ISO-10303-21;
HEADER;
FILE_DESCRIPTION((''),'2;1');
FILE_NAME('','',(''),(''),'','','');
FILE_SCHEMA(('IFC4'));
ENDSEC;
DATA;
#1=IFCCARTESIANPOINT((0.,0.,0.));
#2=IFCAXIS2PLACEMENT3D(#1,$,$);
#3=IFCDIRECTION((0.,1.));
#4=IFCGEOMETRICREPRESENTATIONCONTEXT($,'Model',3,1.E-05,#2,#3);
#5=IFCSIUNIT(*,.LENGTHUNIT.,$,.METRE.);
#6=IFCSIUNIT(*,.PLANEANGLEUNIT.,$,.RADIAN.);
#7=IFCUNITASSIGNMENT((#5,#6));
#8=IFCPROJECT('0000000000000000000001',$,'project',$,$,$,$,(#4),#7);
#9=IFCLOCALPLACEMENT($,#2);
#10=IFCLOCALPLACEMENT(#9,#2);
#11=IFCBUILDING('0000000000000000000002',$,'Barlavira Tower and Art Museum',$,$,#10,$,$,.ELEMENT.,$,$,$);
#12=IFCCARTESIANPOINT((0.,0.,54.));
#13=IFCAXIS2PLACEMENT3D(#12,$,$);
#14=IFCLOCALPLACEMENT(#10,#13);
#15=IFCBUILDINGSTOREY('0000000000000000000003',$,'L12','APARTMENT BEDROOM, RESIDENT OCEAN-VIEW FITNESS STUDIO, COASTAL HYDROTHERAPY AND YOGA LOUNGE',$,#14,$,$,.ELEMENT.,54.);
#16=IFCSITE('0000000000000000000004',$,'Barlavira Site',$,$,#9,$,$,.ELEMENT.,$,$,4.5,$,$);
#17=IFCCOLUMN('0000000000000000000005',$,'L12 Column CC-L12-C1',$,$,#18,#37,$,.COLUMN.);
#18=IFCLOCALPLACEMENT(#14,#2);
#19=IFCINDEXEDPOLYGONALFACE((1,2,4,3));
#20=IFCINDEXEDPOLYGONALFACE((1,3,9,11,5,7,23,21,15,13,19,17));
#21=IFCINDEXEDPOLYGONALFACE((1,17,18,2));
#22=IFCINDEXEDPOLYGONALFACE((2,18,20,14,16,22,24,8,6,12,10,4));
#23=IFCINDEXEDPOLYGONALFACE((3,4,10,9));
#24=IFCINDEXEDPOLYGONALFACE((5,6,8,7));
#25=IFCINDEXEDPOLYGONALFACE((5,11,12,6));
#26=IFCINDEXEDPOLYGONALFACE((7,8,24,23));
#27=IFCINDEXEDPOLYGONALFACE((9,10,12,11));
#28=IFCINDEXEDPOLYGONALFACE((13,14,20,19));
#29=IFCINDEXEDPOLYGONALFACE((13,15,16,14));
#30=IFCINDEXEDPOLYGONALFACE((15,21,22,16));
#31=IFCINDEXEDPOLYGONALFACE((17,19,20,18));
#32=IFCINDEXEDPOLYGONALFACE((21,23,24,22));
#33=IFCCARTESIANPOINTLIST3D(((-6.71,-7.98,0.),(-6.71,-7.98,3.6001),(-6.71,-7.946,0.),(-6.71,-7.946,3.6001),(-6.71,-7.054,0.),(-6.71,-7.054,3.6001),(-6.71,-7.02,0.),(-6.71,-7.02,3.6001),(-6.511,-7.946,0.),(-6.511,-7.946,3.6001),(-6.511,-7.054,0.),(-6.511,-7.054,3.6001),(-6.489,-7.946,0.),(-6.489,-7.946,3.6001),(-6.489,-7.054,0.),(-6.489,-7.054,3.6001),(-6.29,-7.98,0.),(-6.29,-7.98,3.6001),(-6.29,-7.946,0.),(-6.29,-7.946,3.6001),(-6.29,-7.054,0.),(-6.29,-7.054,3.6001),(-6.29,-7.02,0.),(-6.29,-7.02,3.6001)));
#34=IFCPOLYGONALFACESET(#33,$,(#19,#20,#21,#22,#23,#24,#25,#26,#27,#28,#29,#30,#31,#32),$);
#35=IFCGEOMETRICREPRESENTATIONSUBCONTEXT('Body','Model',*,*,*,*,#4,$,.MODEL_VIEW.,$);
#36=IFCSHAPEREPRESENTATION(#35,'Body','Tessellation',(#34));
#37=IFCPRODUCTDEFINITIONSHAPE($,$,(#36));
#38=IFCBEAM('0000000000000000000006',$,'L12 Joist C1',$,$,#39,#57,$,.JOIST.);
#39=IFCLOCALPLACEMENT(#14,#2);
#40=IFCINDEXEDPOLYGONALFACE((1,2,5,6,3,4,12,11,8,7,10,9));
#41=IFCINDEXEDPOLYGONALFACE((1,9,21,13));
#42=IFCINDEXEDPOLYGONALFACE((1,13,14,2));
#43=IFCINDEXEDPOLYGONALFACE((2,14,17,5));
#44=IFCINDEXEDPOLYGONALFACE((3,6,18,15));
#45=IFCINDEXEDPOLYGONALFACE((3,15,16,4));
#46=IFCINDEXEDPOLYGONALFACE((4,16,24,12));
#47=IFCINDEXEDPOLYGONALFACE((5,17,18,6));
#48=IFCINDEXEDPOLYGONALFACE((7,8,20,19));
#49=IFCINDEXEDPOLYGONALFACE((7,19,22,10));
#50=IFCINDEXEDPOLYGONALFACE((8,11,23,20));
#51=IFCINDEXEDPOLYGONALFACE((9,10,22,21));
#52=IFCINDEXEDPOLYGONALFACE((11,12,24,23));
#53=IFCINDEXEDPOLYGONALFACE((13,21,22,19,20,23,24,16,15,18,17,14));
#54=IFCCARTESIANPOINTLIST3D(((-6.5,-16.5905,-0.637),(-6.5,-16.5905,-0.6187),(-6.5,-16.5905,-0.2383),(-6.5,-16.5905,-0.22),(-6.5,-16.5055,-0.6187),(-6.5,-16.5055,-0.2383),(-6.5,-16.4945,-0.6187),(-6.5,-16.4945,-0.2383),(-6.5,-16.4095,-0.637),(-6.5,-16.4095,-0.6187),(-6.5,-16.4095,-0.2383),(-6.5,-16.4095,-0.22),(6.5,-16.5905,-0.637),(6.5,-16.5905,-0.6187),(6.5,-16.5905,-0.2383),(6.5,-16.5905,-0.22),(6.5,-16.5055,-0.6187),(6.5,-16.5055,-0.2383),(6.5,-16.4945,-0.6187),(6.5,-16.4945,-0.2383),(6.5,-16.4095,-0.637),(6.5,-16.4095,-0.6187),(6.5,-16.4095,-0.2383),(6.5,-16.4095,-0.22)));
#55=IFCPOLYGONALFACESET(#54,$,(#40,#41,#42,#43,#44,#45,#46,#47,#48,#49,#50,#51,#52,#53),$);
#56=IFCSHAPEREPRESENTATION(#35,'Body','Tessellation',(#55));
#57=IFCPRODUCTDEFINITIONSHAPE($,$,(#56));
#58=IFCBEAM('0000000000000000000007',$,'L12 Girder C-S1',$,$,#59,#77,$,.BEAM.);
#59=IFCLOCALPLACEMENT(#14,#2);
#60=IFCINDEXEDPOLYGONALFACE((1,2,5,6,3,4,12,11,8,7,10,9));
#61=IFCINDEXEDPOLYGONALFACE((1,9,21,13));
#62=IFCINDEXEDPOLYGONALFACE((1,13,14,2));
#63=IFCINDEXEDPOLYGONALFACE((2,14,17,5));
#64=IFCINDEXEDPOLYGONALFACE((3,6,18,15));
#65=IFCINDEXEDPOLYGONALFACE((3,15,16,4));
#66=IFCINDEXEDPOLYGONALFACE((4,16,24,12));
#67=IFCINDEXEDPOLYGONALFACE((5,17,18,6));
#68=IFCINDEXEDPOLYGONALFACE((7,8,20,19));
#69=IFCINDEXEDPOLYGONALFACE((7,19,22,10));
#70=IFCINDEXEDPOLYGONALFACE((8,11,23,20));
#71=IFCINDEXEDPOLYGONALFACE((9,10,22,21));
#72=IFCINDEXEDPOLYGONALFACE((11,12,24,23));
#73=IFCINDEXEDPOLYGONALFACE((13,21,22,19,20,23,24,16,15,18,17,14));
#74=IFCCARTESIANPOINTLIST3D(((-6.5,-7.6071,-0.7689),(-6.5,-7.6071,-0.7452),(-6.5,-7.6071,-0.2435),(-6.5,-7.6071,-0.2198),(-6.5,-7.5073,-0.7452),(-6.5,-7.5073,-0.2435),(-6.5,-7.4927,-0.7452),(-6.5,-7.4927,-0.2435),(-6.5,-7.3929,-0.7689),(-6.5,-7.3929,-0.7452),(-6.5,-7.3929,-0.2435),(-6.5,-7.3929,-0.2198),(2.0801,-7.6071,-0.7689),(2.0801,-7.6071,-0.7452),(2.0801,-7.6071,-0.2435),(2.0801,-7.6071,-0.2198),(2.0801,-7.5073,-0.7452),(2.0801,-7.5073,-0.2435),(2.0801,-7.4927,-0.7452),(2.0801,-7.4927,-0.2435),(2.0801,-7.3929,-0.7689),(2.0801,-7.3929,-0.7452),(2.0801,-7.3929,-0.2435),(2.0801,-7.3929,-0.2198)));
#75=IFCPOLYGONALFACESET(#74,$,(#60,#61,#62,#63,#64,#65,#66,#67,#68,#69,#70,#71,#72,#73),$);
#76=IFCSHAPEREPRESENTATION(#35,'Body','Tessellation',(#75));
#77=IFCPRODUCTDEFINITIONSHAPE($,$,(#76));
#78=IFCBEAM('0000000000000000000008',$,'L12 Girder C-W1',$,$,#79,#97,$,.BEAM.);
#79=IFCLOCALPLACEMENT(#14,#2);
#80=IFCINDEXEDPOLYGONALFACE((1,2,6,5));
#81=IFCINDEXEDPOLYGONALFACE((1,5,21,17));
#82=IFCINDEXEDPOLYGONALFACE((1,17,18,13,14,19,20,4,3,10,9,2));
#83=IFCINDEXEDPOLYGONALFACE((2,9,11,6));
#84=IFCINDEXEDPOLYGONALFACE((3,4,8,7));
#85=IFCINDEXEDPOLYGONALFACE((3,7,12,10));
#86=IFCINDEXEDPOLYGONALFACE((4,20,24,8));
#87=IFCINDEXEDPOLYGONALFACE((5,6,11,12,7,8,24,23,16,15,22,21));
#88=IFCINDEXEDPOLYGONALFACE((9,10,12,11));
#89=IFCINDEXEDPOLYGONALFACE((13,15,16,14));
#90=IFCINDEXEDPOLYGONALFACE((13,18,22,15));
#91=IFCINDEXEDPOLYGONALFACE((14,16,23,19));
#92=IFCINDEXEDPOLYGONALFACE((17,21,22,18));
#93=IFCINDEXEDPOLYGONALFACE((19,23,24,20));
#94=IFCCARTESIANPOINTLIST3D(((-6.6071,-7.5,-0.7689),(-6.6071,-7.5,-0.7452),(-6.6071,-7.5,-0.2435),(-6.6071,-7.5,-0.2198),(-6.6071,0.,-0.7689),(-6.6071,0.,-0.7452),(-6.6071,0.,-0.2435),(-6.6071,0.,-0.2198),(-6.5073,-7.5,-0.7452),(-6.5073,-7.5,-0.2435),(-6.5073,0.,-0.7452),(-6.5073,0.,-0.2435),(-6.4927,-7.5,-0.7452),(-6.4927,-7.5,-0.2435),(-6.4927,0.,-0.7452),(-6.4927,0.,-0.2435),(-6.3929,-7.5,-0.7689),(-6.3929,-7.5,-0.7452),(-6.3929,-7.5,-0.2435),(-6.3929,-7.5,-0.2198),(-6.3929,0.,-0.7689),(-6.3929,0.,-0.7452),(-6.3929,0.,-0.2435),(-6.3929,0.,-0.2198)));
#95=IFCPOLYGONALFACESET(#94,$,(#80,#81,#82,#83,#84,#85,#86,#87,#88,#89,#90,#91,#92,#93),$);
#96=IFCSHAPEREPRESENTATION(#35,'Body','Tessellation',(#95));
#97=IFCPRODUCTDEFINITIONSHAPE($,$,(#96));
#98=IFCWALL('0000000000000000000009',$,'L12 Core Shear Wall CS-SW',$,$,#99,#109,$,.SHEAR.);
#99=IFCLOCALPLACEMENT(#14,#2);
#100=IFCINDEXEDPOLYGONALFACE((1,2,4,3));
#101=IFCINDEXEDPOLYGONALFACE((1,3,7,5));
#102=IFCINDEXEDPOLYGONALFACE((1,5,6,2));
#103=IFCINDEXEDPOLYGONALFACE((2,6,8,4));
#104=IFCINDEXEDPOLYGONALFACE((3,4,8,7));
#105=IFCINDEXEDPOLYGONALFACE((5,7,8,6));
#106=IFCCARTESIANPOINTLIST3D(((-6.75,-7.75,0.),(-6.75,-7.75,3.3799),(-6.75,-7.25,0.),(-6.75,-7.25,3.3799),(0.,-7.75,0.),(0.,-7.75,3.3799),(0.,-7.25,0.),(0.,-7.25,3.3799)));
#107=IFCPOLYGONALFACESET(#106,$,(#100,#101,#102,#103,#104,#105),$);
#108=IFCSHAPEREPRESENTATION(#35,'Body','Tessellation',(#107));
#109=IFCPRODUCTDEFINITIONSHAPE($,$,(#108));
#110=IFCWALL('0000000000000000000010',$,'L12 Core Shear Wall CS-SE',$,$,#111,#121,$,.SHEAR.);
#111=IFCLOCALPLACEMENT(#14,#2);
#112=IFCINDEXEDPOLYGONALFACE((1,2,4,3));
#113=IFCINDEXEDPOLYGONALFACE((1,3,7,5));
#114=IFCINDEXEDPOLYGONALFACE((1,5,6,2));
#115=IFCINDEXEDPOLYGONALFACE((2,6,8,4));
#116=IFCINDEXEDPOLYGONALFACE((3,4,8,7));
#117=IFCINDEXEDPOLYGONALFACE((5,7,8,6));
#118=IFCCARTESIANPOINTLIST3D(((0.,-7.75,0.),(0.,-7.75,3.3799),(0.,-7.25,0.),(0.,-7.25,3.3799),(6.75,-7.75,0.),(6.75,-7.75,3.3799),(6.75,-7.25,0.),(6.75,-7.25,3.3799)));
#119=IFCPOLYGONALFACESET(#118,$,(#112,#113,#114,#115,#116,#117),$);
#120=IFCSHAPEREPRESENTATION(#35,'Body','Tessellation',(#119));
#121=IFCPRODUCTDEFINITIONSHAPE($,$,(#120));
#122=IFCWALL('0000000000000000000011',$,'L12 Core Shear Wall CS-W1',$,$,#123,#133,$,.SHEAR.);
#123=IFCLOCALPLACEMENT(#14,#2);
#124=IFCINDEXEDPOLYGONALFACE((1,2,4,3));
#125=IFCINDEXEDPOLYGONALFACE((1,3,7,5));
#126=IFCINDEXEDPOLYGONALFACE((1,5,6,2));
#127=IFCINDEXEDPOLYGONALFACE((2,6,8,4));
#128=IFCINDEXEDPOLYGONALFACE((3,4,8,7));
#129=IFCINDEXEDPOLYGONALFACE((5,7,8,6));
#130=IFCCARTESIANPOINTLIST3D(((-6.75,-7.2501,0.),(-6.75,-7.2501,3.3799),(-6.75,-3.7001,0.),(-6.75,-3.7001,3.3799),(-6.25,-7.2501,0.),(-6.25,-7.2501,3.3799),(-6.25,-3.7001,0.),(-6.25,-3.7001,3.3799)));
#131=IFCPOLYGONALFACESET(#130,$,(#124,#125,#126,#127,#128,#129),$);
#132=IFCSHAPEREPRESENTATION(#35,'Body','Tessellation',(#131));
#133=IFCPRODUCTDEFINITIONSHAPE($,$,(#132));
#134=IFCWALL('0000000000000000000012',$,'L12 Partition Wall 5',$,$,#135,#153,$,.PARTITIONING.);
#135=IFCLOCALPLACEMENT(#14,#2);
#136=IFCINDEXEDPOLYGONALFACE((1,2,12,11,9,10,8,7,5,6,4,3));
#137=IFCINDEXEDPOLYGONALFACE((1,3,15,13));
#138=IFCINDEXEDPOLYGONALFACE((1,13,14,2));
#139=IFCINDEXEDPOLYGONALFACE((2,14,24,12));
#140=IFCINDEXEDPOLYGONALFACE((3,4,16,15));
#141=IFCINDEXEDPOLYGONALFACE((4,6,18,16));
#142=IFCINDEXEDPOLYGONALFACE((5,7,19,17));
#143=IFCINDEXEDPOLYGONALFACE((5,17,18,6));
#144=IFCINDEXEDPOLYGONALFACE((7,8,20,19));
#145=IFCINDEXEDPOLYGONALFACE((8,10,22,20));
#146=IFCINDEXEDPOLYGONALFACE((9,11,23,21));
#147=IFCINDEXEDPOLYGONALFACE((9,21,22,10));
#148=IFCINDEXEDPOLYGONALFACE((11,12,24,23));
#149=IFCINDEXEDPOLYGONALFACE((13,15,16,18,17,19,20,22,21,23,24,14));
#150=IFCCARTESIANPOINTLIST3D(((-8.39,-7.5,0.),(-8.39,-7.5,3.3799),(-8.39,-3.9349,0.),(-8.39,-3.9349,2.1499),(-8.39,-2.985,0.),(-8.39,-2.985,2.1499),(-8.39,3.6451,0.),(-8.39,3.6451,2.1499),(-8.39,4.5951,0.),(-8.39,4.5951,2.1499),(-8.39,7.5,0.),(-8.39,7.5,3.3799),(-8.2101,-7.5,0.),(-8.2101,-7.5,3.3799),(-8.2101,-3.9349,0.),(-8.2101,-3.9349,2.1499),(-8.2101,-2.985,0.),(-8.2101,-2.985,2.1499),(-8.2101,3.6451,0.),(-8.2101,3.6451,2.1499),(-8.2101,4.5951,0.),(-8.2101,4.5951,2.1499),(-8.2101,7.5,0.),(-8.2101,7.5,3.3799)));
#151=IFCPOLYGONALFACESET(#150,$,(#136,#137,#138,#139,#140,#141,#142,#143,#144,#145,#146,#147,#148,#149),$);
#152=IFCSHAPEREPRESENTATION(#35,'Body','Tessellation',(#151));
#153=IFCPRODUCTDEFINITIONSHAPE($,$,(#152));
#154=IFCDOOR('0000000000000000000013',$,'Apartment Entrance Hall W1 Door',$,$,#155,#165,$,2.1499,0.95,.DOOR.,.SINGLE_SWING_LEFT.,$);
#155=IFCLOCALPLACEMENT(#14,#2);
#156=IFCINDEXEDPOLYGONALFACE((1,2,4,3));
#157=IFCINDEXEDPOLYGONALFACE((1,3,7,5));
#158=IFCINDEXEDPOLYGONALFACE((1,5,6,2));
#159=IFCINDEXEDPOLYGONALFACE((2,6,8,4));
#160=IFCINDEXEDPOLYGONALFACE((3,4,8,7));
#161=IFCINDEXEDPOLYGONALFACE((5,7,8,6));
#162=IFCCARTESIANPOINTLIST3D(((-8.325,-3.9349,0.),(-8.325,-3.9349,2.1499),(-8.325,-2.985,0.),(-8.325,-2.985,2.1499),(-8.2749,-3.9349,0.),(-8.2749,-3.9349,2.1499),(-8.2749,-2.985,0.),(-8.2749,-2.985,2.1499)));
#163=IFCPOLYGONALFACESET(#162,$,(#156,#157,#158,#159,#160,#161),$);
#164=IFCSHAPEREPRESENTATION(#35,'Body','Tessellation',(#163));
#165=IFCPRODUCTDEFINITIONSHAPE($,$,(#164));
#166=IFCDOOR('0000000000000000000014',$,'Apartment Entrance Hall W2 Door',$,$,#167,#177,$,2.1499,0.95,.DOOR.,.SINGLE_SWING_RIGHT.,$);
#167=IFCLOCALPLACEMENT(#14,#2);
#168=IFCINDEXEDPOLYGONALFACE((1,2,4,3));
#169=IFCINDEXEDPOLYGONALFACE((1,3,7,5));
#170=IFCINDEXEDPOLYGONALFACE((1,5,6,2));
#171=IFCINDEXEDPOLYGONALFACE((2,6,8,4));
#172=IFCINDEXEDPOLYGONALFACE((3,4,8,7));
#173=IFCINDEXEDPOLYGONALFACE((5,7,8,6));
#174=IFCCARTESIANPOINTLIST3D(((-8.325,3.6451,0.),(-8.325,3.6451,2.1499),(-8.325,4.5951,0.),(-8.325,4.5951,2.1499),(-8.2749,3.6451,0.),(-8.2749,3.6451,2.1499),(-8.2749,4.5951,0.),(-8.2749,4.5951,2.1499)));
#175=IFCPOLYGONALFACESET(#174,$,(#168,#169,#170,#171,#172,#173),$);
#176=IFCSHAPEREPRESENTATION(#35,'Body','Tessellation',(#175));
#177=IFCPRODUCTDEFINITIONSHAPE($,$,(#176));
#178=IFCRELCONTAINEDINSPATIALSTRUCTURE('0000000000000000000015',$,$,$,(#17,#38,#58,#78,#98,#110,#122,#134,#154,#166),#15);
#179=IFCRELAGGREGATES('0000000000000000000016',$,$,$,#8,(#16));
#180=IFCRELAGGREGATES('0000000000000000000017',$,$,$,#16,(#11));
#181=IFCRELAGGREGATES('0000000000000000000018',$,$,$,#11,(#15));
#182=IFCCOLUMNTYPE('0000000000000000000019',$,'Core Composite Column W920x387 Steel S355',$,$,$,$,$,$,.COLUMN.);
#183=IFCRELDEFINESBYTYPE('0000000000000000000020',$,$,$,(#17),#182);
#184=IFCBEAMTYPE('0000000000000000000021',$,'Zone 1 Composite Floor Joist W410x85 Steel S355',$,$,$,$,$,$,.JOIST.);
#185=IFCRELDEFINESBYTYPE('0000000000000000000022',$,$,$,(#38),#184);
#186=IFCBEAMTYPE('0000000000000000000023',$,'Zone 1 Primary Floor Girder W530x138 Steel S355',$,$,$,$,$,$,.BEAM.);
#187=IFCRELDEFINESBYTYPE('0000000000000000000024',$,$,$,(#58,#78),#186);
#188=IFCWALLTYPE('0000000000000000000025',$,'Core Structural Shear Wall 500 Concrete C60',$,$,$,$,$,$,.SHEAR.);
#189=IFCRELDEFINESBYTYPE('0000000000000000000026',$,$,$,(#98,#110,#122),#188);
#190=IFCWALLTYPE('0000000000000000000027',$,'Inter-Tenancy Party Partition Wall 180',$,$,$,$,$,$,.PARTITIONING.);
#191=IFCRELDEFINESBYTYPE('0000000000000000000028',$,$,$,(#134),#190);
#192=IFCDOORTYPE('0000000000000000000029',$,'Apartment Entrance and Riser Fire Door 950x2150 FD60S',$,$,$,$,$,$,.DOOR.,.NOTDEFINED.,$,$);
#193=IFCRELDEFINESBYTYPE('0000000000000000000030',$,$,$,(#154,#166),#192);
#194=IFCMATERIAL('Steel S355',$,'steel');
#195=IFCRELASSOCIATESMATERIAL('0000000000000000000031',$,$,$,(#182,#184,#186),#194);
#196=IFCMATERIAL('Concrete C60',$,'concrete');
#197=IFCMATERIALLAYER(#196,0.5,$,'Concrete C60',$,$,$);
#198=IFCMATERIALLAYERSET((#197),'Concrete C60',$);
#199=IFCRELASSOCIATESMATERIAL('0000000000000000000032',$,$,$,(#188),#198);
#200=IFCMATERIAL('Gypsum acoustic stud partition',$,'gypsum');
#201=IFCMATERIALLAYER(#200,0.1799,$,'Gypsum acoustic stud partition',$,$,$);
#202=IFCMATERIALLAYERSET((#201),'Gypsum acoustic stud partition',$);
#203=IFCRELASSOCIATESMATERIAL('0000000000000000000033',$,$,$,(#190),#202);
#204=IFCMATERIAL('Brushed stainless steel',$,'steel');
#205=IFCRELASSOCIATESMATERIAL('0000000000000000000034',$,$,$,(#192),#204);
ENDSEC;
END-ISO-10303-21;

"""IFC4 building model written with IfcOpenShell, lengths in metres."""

from ifc_helpers import new_model, si_unit, direction, frame, frame_2d, origin, origin_2d, place, context, subcontext, project, spatial, rectangle, i_section, extrude, material, layer, layer_set, material_profile, profile_set, type_object, element, fill, save


model = new_model("IFC4")

# Units and contexts
model_context = context("Model", 3, precision=1e-05, world=origin(), true_north=direction((0.0, 1.0)))
body_context = subcontext(model_context, "Body", "Model", "MODEL_VIEW")
ifc_project = project(units=[si_unit("LENGTHUNIT", "METRE"), si_unit("PLANEANGLEUNIT", "RADIAN")], contexts=[model_context])

# Site, building, storey
site_placement = place(None, origin())
site = spatial("IfcSite", under=ifc_project, at=site_placement, Name="Barlavira Site", CompositionType="ELEMENT", RefElevation=4.5)
building_placement = place(site_placement, origin())
building = spatial("IfcBuilding", under=site, at=building_placement, Name="Barlavira Tower and Art Museum", CompositionType="ELEMENT")
storey_placement = place(building_placement, frame((0.0, 0.0, 54.0)))
storey = spatial("IfcBuildingStorey", under=building, at=storey_placement, Name="L12", Description="APARTMENT BEDROOM, RESIDENT OCEAN-VIEW FITNESS STUDIO, COASTAL HYDROTHERAPY AND YOGA LOUNGE", CompositionType="ELEMENT", Elevation=54.0)

# Column
ifc_material_1 = material(Name="Steel S355", Category="steel")
ifc_material_profile_1 = material_profile(ifc_material_1, i_section(OverallWidth=0.4199, OverallDepth=0.96, WebThickness=0.022, FlangeThickness=0.0339, at=origin_2d()), Name="W920x387.0")
ifc_profile_set_1 = profile_set([ifc_material_profile_1], Name="Steel S355")
column_type = type_object("IfcColumnType", Name="Core Composite Column W920x387 Steel S355", PredefinedType="COLUMN", material=ifc_profile_set_1)
column_placement = place(storey_placement, frame((-6.5, -7.5, 0.0), z_axis=(0.0, 0.0, 1.0), x_axis=(1.0, 0.0, 0.0)))
element("IfcColumn", 1, at=column_placement, inside=storey, type_object=column_type, Name="L12 Column CC-L12-C1", PredefinedType="COLUMN", context=body_context, shape_type="SweptSolid", body=[
    extrude(i_section(OverallWidth=0.4199, OverallDepth=0.96, WebThickness=0.022, FlangeThickness=0.0339, at=origin_2d()), origin(), (0.0, 0.0, 1.0), 3.6001),
])

# Beams
ifc_material_profile_2 = material_profile(ifc_material_1, i_section(OverallWidth=0.1809, OverallDepth=0.417, WebThickness=0.011, FlangeThickness=0.0183, at=origin_2d()), Name="W410x85.0")
ifc_profile_set_2 = profile_set([ifc_material_profile_2], Name="Steel S355")
beam_type_1 = type_object("IfcBeamType", Name="Zone 1 Composite Floor Joist W410x85 Steel S355", PredefinedType="JOIST", material=ifc_profile_set_2)
beam_1_placement = place(storey_placement, frame((-6.5, -16.5, -0.4285), z_axis=(1.0, 0.0, 0.0), x_axis=(0.0, 1.0, 0.0)))
element("IfcBeam", 2, at=beam_1_placement, inside=storey, type_object=beam_type_1, Name="L12 Joist C1", PredefinedType="JOIST", context=body_context, shape_type="SweptSolid", body=[
    extrude(i_section(OverallWidth=0.1809, OverallDepth=0.417, WebThickness=0.011, FlangeThickness=0.0183, at=origin_2d()), origin(), (0.0, 0.0, 1.0), 13.0),
])
ifc_material_profile_3 = material_profile(ifc_material_1, i_section(OverallWidth=0.2141, OverallDepth=0.5491, WebThickness=0.0146, FlangeThickness=0.0237, at=origin_2d()), Name="W530x138.0")
ifc_profile_set_3 = profile_set([ifc_material_profile_3], Name="Steel S355")
beam_type_2 = type_object("IfcBeamType", Name="Zone 1 Primary Floor Girder W530x138 Steel S355", PredefinedType="BEAM", material=ifc_profile_set_3)
beam_2_placement = place(storey_placement, frame((-6.5, -7.5, -0.4944), z_axis=(1.0, 0.0, 0.0), x_axis=(0.0, 1.0, 0.0)))
element("IfcBeam", 3, at=beam_2_placement, inside=storey, type_object=beam_type_2, Name="L12 Girder C-S1", PredefinedType="BEAM", context=body_context, shape_type="SweptSolid", body=[
    extrude(i_section(OverallWidth=0.2141, OverallDepth=0.5491, WebThickness=0.0146, FlangeThickness=0.0237, at=origin_2d()), origin(), (0.0, 0.0, 1.0), 8.5801),
])
beam_3_placement = place(storey_placement, frame((-6.5, -7.5, -0.4944), z_axis=(0.0, 1.0, 0.0), x_axis=(-1.0, 0.0, 0.0)))
element("IfcBeam", 4, at=beam_3_placement, inside=storey, type_object=beam_type_2, Name="L12 Girder C-W1", PredefinedType="BEAM", context=body_context, shape_type="SweptSolid", body=[
    extrude(i_section(OverallWidth=0.2141, OverallDepth=0.5491, WebThickness=0.0146, FlangeThickness=0.0237, at=origin_2d()), origin(), (0.0, 0.0, 1.0), 7.5),
])

# Walls
ifc_material_2 = material(Name="Concrete C60", Category="concrete")
ifc_layer_1 = layer(ifc_material_2, 0.5, Name="Concrete C60")
ifc_layer_set_1 = layer_set([ifc_layer_1], Name="Concrete C60")
wall_type_1 = type_object("IfcWallType", Name="Core Structural Shear Wall 500 Concrete C60", PredefinedType="SHEAR", material=ifc_layer_set_1)
for number, where, z_axis, x_axis, name in (
    (5, (-6.75, -7.5, 0.0), (0.0, 0.0, 1.0), (1.0, 0.0, 0.0), "L12 Core Shear Wall CS-SW"),
    (6, (0.0, -7.5, 0.0), (0.0, 0.0, 1.0), (1.0, 0.0, 0.0), "L12 Core Shear Wall CS-SE"),
):
    element("IfcWall", number, at=place(storey_placement, frame(where, z_axis=z_axis, x_axis=x_axis)), inside=storey, type_object=wall_type_1, Name=name, PredefinedType="SHEAR", context=body_context, shape_type="SweptSolid", body=[
        extrude(rectangle(XDim=6.75, YDim=0.5, at=frame_2d((3.375, 0.0))), origin(), (0.0, 0.0, 1.0), 3.3799),
    ])
wall_1_placement = place(storey_placement, frame((-6.5, -7.25, 0.0), z_axis=(0.0, 0.0, 1.0), x_axis=(0.0, 1.0, 0.0)))
element("IfcWall", 7, at=wall_1_placement, inside=storey, type_object=wall_type_1, Name="L12 Core Shear Wall CS-W1", PredefinedType="SHEAR", context=body_context, shape_type="SweptSolid", body=[
    extrude(rectangle(XDim=3.55, YDim=0.5, at=frame_2d((1.7749, 0.0))), origin(), (0.0, 0.0, 1.0), 3.3799),
])

# Wall, openings, doors
ifc_material_3 = material(Name="Brushed stainless steel", Category="steel")
ifc_material_4 = material(Name="Gypsum acoustic stud partition", Category="gypsum")
ifc_layer_2 = layer(ifc_material_4, 0.1799, Name="Gypsum acoustic stud partition")
ifc_layer_set_2 = layer_set([ifc_layer_2], Name="Gypsum acoustic stud partition")
wall_type_2 = type_object("IfcWallType", Name="Inter-Tenancy Party Partition Wall 180", PredefinedType="PARTITIONING", material=ifc_layer_set_2)
wall_2_placement = place(storey_placement, frame((-8.3, -7.5, 0.0), z_axis=(0.0, 0.0, 1.0), x_axis=(0.0, 1.0, 0.0)))
wall_2 = element("IfcWall", 8, at=wall_2_placement, inside=storey, type_object=wall_type_2, Name="L12 Partition Wall 5", PredefinedType="PARTITIONING", context=body_context, shape_type="SweptSolid", body=[
    extrude(rectangle(XDim=15.0, YDim=0.1799, at=frame_2d((7.5, 0.0))), origin(), (0.0, 0.0, 1.0), 3.3799),
])
opening_1_placement = place(wall_2_placement, frame((3.5649, 0.0, 0.0)))
opening_1 = element("IfcOpeningElement", 9, at=opening_1_placement, cuts=wall_2, PredefinedType="OPENING", context=body_context, shape_type="SweptSolid", body=[
    extrude(rectangle(XDim=0.95, YDim=2.1499, at=frame_2d((0.4751, 1.075))), frame((0.0, 0.1001, 0.0), z_axis=(0.0, -1.0, 0.0), x_axis=(1.0, 0.0, 0.0)), (0.0, 0.0, 1.0), 0.2),
])
opening_2_placement = place(wall_2_placement, frame((11.145, 0.0, 0.0)))
opening_2 = element("IfcOpeningElement", 10, at=opening_2_placement, cuts=wall_2, PredefinedType="OPENING", context=body_context, shape_type="SweptSolid", body=[
    extrude(rectangle(XDim=0.95, YDim=2.1499, at=frame_2d((0.4751, 1.075))), frame((0.0, 0.1001, 0.0), z_axis=(0.0, -1.0, 0.0), x_axis=(1.0, 0.0, 0.0)), (0.0, 0.0, 1.0), 0.2),
])
door_type_1 = type_object("IfcDoorType", Name="Apartment Entrance and Riser Fire Door 950x2150 FD60S", OperationType="NOTDEFINED", PredefinedType="DOOR", material=ifc_material_3)
door_1_placement = place(opening_1_placement, origin())
door_1 = element("IfcDoor", 11, at=door_1_placement, inside=storey, type_object=door_type_1, Name="Apartment Entrance Hall W1 Door", OperationType="SINGLE_SWING_LEFT", OverallHeight=2.1499, OverallWidth=0.95, PredefinedType="DOOR", context=body_context, shape_type="SweptSolid", body=[
    extrude(rectangle(XDim=0.95, YDim=2.1499, at=frame_2d((0.4751, 1.075))), frame((0.0, 0.0249, 0.0), z_axis=(0.0, -1.0, 0.0), x_axis=(1.0, 0.0, 0.0)), (0.0, 0.0, 1.0), 0.05),
])
fill(opening_1, door_1)
door_2_placement = place(opening_2_placement, origin())
door_2 = element("IfcDoor", 12, at=door_2_placement, inside=storey, type_object=door_type_1, Name="Apartment Entrance Hall W2 Door", OperationType="SINGLE_SWING_RIGHT", OverallHeight=2.1499, OverallWidth=0.95, PredefinedType="DOOR", context=body_context, shape_type="SweptSolid", body=[
    extrude(rectangle(XDim=0.95, YDim=2.1499, at=frame_2d((0.4751, 1.075))), frame((0.0, 0.0249, 0.0), z_axis=(0.0, -1.0, 0.0), x_axis=(1.0, 0.0, 0.0)), (0.0, 0.0, 1.0), 0.05),
])
fill(opening_2, door_2)

save(model, "model.ifc")
